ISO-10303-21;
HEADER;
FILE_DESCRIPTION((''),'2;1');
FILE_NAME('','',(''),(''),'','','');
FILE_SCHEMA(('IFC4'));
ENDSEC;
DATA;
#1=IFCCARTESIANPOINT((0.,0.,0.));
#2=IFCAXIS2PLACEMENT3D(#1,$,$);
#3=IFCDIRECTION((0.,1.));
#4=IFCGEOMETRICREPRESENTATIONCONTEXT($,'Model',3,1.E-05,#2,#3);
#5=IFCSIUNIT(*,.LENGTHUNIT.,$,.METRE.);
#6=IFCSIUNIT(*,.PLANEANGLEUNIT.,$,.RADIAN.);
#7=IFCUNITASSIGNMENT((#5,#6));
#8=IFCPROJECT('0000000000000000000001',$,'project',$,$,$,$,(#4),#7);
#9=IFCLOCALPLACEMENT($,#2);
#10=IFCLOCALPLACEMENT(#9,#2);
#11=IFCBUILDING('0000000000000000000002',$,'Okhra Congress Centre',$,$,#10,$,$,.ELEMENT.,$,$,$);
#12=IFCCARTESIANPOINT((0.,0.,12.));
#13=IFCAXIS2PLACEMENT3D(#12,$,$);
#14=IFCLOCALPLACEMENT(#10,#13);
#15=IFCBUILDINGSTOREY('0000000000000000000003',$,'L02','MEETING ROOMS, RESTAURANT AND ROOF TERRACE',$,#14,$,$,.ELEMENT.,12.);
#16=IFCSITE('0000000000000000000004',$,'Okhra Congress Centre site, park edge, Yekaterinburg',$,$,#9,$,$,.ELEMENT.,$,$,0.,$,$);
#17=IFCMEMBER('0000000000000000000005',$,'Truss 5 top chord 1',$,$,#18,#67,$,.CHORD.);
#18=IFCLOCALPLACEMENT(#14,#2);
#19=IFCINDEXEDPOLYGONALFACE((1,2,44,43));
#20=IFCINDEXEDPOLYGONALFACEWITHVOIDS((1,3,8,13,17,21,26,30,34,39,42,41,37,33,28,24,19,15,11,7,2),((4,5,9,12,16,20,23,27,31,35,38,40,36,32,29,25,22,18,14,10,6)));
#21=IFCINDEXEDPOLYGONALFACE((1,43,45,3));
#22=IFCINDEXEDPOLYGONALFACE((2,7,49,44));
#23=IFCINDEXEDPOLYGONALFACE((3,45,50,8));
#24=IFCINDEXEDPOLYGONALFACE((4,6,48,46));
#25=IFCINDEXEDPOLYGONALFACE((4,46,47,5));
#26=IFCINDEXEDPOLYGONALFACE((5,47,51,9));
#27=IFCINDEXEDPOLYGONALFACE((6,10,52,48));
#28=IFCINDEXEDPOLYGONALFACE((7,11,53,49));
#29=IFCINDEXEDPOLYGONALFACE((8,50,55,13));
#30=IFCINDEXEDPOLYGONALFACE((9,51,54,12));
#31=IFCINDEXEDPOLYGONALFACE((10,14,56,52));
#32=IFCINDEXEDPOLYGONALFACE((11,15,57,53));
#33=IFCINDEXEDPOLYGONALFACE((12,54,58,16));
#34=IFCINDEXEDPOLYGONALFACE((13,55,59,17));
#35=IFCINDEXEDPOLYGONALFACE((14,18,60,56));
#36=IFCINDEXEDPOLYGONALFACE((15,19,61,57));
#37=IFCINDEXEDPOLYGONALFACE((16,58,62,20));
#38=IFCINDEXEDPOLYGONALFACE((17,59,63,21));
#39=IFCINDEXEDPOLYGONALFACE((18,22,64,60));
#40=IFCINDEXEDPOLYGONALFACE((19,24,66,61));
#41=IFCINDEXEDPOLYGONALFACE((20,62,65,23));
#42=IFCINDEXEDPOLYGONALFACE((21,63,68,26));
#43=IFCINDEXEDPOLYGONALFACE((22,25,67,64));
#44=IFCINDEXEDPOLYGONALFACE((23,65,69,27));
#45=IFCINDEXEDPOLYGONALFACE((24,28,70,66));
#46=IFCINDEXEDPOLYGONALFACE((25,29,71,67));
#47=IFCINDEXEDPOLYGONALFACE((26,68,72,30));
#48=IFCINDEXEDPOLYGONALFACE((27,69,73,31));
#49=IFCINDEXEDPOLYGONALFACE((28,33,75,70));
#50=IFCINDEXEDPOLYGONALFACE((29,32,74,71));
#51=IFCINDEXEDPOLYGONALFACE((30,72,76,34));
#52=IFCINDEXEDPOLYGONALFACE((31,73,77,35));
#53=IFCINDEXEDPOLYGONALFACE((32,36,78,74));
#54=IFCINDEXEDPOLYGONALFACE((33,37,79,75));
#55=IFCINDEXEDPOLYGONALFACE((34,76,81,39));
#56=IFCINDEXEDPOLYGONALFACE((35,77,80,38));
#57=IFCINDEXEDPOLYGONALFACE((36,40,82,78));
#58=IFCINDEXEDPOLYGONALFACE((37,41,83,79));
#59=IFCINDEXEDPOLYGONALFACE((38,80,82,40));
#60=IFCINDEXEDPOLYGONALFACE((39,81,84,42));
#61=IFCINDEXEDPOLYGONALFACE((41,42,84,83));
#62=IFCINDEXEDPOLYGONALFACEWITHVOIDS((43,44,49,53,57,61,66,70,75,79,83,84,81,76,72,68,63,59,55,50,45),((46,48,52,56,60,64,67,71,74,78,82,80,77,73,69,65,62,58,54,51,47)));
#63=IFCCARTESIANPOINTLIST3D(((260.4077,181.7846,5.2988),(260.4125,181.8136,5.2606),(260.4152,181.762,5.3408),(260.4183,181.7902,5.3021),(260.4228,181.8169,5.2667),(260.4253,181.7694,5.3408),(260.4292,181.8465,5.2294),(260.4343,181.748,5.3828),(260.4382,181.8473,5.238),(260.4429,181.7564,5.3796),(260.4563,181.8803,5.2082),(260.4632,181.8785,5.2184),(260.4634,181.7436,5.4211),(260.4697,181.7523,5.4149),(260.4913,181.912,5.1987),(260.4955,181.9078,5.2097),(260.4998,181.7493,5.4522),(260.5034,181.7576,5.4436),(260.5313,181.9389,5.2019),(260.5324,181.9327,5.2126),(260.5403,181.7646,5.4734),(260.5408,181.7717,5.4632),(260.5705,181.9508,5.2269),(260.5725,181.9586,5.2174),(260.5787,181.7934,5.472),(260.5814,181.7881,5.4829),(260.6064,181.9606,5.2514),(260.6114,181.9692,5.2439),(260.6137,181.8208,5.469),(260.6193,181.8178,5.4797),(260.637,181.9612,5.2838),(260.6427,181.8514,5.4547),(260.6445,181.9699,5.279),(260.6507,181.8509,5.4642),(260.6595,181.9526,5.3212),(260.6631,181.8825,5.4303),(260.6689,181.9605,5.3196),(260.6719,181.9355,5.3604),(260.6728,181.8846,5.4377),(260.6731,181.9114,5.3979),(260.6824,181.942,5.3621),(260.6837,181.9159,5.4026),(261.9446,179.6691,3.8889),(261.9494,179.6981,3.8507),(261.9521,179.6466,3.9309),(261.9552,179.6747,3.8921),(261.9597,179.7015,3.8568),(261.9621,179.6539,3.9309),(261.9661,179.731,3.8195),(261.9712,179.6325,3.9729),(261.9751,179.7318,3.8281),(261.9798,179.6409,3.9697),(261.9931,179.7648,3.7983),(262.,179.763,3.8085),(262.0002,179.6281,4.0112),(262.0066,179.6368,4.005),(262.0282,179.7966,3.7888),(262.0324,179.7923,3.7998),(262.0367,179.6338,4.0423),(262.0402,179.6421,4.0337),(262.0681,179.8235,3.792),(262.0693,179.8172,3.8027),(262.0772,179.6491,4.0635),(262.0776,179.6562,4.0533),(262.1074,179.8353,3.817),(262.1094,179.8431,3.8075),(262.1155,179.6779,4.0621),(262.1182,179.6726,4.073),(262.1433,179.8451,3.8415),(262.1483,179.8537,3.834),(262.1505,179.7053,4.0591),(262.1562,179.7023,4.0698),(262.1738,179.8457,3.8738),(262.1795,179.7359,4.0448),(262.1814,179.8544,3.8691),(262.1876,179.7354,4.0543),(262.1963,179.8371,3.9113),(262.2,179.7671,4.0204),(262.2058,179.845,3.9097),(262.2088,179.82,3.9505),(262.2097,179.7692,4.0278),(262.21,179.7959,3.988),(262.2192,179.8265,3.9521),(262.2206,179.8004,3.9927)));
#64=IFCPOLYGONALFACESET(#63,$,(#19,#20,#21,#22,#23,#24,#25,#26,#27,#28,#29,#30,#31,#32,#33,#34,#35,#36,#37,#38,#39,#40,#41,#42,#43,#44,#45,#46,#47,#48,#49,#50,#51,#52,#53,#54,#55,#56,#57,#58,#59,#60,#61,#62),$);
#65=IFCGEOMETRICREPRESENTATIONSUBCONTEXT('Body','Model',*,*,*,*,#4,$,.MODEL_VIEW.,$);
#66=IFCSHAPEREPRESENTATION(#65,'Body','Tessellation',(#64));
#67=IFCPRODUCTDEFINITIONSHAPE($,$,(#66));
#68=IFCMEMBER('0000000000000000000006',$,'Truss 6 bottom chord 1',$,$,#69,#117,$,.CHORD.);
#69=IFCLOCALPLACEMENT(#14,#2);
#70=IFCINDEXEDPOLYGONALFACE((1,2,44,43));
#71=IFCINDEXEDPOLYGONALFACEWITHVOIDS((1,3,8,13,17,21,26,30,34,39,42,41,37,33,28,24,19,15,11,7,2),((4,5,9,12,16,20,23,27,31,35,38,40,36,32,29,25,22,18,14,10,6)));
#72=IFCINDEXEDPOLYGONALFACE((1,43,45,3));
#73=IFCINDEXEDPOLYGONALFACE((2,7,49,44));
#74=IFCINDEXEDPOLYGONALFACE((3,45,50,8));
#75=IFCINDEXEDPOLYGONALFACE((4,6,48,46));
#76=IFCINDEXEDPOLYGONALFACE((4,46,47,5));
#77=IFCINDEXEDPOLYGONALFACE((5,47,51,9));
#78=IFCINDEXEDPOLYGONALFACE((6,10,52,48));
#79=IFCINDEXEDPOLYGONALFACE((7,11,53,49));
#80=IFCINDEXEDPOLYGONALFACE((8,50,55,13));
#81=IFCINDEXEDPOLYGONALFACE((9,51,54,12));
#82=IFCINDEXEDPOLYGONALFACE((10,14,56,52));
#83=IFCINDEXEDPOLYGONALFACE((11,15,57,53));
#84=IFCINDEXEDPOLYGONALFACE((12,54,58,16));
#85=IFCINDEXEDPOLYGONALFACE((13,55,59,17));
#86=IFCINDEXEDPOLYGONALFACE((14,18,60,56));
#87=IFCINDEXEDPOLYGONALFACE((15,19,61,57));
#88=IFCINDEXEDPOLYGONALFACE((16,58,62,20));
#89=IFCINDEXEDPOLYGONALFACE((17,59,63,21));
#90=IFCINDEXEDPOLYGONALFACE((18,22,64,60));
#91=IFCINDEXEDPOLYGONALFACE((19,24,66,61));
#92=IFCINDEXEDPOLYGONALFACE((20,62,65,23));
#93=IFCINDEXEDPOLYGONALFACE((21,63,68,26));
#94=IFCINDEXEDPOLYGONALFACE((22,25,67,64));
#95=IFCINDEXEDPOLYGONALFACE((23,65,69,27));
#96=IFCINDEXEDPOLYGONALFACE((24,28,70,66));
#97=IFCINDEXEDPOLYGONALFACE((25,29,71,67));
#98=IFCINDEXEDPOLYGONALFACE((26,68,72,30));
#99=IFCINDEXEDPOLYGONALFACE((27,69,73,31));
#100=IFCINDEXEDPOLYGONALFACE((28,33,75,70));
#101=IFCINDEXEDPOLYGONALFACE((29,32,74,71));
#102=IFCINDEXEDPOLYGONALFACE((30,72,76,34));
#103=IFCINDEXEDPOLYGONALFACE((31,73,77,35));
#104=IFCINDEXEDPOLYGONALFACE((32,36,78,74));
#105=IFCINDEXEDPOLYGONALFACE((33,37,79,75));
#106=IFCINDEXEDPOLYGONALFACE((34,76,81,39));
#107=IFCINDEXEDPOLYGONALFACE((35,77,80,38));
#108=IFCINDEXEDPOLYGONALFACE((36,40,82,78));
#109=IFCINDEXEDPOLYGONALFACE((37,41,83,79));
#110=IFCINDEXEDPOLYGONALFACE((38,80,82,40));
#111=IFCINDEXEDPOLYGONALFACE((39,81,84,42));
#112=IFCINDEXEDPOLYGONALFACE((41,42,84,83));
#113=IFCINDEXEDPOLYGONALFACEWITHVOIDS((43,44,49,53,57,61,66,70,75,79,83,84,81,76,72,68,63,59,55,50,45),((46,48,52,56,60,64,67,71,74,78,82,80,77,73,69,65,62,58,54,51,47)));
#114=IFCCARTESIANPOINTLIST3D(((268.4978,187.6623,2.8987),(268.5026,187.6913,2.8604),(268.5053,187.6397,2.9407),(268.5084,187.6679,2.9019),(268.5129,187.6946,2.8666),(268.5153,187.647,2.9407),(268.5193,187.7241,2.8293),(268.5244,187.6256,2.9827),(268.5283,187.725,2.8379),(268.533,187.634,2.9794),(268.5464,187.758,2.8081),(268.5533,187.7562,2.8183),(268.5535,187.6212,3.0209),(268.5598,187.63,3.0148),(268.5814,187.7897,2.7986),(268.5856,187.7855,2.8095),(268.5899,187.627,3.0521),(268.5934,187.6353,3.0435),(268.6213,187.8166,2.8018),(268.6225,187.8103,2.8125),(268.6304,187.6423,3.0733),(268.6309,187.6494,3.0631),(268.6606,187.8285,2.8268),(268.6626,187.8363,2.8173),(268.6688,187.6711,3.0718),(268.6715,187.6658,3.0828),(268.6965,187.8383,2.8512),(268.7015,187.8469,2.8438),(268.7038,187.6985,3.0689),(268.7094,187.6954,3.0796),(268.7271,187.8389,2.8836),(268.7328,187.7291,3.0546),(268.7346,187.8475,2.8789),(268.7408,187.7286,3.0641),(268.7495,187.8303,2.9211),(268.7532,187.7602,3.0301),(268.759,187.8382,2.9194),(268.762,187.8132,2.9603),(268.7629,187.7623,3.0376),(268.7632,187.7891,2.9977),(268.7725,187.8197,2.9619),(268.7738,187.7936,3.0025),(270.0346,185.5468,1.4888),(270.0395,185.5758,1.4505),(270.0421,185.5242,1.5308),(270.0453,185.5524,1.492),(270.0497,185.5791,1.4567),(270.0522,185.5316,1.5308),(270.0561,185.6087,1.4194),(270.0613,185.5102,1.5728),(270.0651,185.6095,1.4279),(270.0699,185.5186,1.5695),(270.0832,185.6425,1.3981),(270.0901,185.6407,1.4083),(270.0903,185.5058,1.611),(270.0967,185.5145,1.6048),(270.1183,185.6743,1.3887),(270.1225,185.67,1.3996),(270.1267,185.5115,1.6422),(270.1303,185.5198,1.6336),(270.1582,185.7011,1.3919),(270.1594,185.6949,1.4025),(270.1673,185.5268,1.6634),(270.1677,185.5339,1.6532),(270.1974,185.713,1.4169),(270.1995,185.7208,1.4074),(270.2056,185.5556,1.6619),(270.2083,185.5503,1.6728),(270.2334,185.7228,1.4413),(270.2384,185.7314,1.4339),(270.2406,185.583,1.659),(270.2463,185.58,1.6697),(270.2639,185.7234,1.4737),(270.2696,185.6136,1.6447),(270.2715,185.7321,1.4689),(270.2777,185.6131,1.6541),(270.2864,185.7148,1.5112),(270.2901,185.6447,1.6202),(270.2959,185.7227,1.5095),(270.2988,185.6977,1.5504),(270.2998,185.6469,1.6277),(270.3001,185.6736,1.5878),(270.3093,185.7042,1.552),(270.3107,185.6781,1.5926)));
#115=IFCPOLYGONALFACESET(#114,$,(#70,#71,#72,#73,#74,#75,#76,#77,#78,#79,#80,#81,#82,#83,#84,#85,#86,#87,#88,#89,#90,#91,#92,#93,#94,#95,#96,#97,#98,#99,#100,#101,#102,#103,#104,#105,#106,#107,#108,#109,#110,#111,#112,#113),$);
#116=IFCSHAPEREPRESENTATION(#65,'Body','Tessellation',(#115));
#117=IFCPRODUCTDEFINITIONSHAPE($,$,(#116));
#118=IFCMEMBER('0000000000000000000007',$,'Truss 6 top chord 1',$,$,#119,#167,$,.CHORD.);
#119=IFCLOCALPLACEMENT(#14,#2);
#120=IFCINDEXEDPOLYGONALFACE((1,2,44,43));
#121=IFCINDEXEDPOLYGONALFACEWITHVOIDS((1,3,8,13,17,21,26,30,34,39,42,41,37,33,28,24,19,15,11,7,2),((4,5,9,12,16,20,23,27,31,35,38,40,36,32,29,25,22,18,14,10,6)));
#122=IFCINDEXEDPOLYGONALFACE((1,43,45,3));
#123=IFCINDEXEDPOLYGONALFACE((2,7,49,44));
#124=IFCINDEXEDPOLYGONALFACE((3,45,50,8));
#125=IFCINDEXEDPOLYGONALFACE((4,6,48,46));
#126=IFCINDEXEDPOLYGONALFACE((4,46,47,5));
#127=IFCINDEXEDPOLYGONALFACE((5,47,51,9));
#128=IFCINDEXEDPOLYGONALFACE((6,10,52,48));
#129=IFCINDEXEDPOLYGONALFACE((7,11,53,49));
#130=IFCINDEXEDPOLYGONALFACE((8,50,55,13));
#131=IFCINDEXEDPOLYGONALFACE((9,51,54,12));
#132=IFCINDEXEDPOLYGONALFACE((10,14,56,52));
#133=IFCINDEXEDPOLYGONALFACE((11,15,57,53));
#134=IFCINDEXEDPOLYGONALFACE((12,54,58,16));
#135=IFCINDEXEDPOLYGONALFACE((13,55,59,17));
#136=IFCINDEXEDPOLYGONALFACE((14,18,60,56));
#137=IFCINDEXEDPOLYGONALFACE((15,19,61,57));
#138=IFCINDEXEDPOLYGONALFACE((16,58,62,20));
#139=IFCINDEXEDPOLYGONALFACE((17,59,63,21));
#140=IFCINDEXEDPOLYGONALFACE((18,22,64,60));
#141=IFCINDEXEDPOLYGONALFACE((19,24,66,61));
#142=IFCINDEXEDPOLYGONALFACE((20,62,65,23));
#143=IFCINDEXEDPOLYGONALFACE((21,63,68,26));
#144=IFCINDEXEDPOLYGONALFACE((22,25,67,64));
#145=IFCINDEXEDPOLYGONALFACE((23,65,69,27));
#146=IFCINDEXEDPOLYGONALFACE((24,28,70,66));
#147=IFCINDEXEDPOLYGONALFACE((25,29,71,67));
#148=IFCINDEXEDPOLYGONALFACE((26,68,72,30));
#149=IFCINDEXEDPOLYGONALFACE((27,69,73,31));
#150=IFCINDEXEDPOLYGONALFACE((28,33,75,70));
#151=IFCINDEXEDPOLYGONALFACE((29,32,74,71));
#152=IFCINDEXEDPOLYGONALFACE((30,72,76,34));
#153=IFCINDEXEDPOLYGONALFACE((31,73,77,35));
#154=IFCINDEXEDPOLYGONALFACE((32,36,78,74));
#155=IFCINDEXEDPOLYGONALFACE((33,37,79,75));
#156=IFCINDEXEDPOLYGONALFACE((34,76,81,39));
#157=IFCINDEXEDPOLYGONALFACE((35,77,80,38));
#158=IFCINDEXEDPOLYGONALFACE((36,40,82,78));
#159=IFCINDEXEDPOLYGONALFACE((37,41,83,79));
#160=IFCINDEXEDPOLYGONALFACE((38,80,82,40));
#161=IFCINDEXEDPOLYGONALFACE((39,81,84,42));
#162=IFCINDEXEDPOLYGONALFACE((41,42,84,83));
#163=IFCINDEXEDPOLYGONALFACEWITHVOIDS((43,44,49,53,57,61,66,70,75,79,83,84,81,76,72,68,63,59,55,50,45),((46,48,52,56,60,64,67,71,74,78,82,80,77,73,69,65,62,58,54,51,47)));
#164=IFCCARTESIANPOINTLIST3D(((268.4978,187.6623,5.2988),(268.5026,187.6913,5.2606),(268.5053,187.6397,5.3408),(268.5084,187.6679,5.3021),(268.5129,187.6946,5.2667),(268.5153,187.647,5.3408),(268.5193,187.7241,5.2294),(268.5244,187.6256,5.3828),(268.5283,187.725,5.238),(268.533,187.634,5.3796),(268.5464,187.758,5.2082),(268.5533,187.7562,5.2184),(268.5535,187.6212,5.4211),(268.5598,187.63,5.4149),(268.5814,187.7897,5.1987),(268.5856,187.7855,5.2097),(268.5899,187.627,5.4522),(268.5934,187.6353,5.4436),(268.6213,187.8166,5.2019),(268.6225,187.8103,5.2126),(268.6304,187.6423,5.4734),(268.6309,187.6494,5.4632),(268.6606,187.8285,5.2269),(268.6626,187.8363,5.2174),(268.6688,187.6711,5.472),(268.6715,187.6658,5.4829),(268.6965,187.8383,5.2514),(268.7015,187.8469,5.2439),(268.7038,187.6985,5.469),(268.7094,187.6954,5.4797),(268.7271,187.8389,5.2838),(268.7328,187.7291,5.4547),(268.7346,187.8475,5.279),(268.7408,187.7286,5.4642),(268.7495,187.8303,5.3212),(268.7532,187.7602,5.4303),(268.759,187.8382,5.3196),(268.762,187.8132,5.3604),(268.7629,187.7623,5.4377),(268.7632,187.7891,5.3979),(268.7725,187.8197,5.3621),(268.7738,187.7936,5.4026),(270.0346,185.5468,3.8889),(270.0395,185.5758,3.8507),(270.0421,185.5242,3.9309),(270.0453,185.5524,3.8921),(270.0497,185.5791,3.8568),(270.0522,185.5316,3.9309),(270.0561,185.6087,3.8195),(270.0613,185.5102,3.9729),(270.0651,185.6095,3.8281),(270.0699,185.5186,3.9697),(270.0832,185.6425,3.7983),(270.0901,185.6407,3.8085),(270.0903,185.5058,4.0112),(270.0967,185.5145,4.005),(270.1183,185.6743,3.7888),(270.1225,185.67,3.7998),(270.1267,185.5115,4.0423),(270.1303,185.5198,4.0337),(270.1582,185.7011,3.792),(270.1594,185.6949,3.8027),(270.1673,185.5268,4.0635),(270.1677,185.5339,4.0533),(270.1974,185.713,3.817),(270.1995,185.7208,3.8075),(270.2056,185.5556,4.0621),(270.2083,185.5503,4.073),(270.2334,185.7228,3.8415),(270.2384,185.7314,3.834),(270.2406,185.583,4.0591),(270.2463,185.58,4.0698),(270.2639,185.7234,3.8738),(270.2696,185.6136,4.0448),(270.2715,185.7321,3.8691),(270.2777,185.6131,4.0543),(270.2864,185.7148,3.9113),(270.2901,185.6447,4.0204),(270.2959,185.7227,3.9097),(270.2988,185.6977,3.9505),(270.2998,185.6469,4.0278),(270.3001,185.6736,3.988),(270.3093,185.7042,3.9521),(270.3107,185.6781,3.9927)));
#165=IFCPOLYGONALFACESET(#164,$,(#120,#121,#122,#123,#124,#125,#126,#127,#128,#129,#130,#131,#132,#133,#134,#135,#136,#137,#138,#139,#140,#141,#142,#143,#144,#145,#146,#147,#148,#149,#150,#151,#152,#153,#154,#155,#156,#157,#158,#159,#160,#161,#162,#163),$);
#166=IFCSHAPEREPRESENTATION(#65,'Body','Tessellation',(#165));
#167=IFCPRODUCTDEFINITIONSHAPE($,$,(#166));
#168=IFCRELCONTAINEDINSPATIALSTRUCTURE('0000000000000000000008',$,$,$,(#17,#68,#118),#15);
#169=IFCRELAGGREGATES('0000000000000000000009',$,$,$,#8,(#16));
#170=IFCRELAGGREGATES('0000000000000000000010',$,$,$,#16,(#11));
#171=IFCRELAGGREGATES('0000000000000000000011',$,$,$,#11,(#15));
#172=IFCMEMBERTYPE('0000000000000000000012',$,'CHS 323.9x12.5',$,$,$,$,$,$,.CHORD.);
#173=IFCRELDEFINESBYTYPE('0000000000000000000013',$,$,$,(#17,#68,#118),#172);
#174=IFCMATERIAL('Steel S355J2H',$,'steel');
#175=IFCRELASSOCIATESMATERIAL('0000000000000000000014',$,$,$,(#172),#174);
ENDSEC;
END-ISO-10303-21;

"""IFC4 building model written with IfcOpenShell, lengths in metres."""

from ifc_helpers import new_model, si_unit, direction, frame, origin, origin_2d, place, context, subcontext, project, spatial, hollow_circle, extrude, material, material_profile, profile_set, type_object, element, save


model = new_model("IFC4")

# Units and contexts
model_context = context("Model", 3, precision=1e-05, world=origin(), true_north=direction((0.0, 1.0)))
body_context = subcontext(model_context, "Body", "Model", "MODEL_VIEW")
ifc_project = project(units=[si_unit("LENGTHUNIT", "METRE"), si_unit("PLANEANGLEUNIT", "RADIAN")], contexts=[model_context])

# Site, building, storey
site_placement = place(None, origin())
site = spatial("IfcSite", under=ifc_project, at=site_placement, Name="Okhra Congress Centre site, park edge, Yekaterinburg", CompositionType="ELEMENT", RefElevation=0.0)
building_placement = place(site_placement, origin())
building = spatial("IfcBuilding", under=site, at=building_placement, Name="Okhra Congress Centre", CompositionType="ELEMENT")
storey_placement = place(building_placement, frame((0.0, 0.0, 12.0)))
storey = spatial("IfcBuildingStorey", under=building, at=storey_placement, Name="L02", Description="MEETING ROOMS, RESTAURANT AND ROOF TERRACE", CompositionType="ELEMENT", Elevation=12.0)

# Shared definitions
ifc_material_1 = material(Name="Steel S355J2H", Category="steel")

# Members
ifc_material_profile_1 = material_profile(ifc_material_1, hollow_circle(Radius=0.1619, WallThickness=0.0125, at=origin_2d()), Name="CHS 323.9x12.5")
ifc_profile_set_1 = profile_set([ifc_material_profile_1], Name="Steel S355J2H")
member_type_1 = type_object("IfcMemberType", Name="CHS 323.9x12.5", PredefinedType="CHORD", material=ifc_profile_set_1)
for number, where, z_axis, x_axis, name in (
    (1, (262.083, 179.7417, 3.9309), (-0.517341, 0.712115, 0.474606), (-0.809039, -0.587755, 0.0), "Truss 5 top chord 1"),
    (2, (270.1731, 185.6194, 1.5308), (-0.517341, 0.712115, 0.474606), (-0.809039, -0.587755, 0.0), "Truss 6 bottom chord 1"),
    (3, (270.1731, 185.6194, 3.9309), (-0.517341, 0.712115, 0.474606), (-0.809039, -0.587755, 0.0), "Truss 6 top chord 1"),
):
    element("IfcMember", number, at=place(storey_placement, frame(where, z_axis=z_axis, x_axis=x_axis)), inside=storey, type_object=member_type_1, Name=name, PredefinedType="CHORD", context=body_context, shape_type="SweptSolid", body=[
        extrude(hollow_circle(Radius=0.1619, WallThickness=0.0125, at=origin_2d()), origin(), (0.0, 0.0, 1.0), 2.9707),
    ])

save(model, "model.ifc")
